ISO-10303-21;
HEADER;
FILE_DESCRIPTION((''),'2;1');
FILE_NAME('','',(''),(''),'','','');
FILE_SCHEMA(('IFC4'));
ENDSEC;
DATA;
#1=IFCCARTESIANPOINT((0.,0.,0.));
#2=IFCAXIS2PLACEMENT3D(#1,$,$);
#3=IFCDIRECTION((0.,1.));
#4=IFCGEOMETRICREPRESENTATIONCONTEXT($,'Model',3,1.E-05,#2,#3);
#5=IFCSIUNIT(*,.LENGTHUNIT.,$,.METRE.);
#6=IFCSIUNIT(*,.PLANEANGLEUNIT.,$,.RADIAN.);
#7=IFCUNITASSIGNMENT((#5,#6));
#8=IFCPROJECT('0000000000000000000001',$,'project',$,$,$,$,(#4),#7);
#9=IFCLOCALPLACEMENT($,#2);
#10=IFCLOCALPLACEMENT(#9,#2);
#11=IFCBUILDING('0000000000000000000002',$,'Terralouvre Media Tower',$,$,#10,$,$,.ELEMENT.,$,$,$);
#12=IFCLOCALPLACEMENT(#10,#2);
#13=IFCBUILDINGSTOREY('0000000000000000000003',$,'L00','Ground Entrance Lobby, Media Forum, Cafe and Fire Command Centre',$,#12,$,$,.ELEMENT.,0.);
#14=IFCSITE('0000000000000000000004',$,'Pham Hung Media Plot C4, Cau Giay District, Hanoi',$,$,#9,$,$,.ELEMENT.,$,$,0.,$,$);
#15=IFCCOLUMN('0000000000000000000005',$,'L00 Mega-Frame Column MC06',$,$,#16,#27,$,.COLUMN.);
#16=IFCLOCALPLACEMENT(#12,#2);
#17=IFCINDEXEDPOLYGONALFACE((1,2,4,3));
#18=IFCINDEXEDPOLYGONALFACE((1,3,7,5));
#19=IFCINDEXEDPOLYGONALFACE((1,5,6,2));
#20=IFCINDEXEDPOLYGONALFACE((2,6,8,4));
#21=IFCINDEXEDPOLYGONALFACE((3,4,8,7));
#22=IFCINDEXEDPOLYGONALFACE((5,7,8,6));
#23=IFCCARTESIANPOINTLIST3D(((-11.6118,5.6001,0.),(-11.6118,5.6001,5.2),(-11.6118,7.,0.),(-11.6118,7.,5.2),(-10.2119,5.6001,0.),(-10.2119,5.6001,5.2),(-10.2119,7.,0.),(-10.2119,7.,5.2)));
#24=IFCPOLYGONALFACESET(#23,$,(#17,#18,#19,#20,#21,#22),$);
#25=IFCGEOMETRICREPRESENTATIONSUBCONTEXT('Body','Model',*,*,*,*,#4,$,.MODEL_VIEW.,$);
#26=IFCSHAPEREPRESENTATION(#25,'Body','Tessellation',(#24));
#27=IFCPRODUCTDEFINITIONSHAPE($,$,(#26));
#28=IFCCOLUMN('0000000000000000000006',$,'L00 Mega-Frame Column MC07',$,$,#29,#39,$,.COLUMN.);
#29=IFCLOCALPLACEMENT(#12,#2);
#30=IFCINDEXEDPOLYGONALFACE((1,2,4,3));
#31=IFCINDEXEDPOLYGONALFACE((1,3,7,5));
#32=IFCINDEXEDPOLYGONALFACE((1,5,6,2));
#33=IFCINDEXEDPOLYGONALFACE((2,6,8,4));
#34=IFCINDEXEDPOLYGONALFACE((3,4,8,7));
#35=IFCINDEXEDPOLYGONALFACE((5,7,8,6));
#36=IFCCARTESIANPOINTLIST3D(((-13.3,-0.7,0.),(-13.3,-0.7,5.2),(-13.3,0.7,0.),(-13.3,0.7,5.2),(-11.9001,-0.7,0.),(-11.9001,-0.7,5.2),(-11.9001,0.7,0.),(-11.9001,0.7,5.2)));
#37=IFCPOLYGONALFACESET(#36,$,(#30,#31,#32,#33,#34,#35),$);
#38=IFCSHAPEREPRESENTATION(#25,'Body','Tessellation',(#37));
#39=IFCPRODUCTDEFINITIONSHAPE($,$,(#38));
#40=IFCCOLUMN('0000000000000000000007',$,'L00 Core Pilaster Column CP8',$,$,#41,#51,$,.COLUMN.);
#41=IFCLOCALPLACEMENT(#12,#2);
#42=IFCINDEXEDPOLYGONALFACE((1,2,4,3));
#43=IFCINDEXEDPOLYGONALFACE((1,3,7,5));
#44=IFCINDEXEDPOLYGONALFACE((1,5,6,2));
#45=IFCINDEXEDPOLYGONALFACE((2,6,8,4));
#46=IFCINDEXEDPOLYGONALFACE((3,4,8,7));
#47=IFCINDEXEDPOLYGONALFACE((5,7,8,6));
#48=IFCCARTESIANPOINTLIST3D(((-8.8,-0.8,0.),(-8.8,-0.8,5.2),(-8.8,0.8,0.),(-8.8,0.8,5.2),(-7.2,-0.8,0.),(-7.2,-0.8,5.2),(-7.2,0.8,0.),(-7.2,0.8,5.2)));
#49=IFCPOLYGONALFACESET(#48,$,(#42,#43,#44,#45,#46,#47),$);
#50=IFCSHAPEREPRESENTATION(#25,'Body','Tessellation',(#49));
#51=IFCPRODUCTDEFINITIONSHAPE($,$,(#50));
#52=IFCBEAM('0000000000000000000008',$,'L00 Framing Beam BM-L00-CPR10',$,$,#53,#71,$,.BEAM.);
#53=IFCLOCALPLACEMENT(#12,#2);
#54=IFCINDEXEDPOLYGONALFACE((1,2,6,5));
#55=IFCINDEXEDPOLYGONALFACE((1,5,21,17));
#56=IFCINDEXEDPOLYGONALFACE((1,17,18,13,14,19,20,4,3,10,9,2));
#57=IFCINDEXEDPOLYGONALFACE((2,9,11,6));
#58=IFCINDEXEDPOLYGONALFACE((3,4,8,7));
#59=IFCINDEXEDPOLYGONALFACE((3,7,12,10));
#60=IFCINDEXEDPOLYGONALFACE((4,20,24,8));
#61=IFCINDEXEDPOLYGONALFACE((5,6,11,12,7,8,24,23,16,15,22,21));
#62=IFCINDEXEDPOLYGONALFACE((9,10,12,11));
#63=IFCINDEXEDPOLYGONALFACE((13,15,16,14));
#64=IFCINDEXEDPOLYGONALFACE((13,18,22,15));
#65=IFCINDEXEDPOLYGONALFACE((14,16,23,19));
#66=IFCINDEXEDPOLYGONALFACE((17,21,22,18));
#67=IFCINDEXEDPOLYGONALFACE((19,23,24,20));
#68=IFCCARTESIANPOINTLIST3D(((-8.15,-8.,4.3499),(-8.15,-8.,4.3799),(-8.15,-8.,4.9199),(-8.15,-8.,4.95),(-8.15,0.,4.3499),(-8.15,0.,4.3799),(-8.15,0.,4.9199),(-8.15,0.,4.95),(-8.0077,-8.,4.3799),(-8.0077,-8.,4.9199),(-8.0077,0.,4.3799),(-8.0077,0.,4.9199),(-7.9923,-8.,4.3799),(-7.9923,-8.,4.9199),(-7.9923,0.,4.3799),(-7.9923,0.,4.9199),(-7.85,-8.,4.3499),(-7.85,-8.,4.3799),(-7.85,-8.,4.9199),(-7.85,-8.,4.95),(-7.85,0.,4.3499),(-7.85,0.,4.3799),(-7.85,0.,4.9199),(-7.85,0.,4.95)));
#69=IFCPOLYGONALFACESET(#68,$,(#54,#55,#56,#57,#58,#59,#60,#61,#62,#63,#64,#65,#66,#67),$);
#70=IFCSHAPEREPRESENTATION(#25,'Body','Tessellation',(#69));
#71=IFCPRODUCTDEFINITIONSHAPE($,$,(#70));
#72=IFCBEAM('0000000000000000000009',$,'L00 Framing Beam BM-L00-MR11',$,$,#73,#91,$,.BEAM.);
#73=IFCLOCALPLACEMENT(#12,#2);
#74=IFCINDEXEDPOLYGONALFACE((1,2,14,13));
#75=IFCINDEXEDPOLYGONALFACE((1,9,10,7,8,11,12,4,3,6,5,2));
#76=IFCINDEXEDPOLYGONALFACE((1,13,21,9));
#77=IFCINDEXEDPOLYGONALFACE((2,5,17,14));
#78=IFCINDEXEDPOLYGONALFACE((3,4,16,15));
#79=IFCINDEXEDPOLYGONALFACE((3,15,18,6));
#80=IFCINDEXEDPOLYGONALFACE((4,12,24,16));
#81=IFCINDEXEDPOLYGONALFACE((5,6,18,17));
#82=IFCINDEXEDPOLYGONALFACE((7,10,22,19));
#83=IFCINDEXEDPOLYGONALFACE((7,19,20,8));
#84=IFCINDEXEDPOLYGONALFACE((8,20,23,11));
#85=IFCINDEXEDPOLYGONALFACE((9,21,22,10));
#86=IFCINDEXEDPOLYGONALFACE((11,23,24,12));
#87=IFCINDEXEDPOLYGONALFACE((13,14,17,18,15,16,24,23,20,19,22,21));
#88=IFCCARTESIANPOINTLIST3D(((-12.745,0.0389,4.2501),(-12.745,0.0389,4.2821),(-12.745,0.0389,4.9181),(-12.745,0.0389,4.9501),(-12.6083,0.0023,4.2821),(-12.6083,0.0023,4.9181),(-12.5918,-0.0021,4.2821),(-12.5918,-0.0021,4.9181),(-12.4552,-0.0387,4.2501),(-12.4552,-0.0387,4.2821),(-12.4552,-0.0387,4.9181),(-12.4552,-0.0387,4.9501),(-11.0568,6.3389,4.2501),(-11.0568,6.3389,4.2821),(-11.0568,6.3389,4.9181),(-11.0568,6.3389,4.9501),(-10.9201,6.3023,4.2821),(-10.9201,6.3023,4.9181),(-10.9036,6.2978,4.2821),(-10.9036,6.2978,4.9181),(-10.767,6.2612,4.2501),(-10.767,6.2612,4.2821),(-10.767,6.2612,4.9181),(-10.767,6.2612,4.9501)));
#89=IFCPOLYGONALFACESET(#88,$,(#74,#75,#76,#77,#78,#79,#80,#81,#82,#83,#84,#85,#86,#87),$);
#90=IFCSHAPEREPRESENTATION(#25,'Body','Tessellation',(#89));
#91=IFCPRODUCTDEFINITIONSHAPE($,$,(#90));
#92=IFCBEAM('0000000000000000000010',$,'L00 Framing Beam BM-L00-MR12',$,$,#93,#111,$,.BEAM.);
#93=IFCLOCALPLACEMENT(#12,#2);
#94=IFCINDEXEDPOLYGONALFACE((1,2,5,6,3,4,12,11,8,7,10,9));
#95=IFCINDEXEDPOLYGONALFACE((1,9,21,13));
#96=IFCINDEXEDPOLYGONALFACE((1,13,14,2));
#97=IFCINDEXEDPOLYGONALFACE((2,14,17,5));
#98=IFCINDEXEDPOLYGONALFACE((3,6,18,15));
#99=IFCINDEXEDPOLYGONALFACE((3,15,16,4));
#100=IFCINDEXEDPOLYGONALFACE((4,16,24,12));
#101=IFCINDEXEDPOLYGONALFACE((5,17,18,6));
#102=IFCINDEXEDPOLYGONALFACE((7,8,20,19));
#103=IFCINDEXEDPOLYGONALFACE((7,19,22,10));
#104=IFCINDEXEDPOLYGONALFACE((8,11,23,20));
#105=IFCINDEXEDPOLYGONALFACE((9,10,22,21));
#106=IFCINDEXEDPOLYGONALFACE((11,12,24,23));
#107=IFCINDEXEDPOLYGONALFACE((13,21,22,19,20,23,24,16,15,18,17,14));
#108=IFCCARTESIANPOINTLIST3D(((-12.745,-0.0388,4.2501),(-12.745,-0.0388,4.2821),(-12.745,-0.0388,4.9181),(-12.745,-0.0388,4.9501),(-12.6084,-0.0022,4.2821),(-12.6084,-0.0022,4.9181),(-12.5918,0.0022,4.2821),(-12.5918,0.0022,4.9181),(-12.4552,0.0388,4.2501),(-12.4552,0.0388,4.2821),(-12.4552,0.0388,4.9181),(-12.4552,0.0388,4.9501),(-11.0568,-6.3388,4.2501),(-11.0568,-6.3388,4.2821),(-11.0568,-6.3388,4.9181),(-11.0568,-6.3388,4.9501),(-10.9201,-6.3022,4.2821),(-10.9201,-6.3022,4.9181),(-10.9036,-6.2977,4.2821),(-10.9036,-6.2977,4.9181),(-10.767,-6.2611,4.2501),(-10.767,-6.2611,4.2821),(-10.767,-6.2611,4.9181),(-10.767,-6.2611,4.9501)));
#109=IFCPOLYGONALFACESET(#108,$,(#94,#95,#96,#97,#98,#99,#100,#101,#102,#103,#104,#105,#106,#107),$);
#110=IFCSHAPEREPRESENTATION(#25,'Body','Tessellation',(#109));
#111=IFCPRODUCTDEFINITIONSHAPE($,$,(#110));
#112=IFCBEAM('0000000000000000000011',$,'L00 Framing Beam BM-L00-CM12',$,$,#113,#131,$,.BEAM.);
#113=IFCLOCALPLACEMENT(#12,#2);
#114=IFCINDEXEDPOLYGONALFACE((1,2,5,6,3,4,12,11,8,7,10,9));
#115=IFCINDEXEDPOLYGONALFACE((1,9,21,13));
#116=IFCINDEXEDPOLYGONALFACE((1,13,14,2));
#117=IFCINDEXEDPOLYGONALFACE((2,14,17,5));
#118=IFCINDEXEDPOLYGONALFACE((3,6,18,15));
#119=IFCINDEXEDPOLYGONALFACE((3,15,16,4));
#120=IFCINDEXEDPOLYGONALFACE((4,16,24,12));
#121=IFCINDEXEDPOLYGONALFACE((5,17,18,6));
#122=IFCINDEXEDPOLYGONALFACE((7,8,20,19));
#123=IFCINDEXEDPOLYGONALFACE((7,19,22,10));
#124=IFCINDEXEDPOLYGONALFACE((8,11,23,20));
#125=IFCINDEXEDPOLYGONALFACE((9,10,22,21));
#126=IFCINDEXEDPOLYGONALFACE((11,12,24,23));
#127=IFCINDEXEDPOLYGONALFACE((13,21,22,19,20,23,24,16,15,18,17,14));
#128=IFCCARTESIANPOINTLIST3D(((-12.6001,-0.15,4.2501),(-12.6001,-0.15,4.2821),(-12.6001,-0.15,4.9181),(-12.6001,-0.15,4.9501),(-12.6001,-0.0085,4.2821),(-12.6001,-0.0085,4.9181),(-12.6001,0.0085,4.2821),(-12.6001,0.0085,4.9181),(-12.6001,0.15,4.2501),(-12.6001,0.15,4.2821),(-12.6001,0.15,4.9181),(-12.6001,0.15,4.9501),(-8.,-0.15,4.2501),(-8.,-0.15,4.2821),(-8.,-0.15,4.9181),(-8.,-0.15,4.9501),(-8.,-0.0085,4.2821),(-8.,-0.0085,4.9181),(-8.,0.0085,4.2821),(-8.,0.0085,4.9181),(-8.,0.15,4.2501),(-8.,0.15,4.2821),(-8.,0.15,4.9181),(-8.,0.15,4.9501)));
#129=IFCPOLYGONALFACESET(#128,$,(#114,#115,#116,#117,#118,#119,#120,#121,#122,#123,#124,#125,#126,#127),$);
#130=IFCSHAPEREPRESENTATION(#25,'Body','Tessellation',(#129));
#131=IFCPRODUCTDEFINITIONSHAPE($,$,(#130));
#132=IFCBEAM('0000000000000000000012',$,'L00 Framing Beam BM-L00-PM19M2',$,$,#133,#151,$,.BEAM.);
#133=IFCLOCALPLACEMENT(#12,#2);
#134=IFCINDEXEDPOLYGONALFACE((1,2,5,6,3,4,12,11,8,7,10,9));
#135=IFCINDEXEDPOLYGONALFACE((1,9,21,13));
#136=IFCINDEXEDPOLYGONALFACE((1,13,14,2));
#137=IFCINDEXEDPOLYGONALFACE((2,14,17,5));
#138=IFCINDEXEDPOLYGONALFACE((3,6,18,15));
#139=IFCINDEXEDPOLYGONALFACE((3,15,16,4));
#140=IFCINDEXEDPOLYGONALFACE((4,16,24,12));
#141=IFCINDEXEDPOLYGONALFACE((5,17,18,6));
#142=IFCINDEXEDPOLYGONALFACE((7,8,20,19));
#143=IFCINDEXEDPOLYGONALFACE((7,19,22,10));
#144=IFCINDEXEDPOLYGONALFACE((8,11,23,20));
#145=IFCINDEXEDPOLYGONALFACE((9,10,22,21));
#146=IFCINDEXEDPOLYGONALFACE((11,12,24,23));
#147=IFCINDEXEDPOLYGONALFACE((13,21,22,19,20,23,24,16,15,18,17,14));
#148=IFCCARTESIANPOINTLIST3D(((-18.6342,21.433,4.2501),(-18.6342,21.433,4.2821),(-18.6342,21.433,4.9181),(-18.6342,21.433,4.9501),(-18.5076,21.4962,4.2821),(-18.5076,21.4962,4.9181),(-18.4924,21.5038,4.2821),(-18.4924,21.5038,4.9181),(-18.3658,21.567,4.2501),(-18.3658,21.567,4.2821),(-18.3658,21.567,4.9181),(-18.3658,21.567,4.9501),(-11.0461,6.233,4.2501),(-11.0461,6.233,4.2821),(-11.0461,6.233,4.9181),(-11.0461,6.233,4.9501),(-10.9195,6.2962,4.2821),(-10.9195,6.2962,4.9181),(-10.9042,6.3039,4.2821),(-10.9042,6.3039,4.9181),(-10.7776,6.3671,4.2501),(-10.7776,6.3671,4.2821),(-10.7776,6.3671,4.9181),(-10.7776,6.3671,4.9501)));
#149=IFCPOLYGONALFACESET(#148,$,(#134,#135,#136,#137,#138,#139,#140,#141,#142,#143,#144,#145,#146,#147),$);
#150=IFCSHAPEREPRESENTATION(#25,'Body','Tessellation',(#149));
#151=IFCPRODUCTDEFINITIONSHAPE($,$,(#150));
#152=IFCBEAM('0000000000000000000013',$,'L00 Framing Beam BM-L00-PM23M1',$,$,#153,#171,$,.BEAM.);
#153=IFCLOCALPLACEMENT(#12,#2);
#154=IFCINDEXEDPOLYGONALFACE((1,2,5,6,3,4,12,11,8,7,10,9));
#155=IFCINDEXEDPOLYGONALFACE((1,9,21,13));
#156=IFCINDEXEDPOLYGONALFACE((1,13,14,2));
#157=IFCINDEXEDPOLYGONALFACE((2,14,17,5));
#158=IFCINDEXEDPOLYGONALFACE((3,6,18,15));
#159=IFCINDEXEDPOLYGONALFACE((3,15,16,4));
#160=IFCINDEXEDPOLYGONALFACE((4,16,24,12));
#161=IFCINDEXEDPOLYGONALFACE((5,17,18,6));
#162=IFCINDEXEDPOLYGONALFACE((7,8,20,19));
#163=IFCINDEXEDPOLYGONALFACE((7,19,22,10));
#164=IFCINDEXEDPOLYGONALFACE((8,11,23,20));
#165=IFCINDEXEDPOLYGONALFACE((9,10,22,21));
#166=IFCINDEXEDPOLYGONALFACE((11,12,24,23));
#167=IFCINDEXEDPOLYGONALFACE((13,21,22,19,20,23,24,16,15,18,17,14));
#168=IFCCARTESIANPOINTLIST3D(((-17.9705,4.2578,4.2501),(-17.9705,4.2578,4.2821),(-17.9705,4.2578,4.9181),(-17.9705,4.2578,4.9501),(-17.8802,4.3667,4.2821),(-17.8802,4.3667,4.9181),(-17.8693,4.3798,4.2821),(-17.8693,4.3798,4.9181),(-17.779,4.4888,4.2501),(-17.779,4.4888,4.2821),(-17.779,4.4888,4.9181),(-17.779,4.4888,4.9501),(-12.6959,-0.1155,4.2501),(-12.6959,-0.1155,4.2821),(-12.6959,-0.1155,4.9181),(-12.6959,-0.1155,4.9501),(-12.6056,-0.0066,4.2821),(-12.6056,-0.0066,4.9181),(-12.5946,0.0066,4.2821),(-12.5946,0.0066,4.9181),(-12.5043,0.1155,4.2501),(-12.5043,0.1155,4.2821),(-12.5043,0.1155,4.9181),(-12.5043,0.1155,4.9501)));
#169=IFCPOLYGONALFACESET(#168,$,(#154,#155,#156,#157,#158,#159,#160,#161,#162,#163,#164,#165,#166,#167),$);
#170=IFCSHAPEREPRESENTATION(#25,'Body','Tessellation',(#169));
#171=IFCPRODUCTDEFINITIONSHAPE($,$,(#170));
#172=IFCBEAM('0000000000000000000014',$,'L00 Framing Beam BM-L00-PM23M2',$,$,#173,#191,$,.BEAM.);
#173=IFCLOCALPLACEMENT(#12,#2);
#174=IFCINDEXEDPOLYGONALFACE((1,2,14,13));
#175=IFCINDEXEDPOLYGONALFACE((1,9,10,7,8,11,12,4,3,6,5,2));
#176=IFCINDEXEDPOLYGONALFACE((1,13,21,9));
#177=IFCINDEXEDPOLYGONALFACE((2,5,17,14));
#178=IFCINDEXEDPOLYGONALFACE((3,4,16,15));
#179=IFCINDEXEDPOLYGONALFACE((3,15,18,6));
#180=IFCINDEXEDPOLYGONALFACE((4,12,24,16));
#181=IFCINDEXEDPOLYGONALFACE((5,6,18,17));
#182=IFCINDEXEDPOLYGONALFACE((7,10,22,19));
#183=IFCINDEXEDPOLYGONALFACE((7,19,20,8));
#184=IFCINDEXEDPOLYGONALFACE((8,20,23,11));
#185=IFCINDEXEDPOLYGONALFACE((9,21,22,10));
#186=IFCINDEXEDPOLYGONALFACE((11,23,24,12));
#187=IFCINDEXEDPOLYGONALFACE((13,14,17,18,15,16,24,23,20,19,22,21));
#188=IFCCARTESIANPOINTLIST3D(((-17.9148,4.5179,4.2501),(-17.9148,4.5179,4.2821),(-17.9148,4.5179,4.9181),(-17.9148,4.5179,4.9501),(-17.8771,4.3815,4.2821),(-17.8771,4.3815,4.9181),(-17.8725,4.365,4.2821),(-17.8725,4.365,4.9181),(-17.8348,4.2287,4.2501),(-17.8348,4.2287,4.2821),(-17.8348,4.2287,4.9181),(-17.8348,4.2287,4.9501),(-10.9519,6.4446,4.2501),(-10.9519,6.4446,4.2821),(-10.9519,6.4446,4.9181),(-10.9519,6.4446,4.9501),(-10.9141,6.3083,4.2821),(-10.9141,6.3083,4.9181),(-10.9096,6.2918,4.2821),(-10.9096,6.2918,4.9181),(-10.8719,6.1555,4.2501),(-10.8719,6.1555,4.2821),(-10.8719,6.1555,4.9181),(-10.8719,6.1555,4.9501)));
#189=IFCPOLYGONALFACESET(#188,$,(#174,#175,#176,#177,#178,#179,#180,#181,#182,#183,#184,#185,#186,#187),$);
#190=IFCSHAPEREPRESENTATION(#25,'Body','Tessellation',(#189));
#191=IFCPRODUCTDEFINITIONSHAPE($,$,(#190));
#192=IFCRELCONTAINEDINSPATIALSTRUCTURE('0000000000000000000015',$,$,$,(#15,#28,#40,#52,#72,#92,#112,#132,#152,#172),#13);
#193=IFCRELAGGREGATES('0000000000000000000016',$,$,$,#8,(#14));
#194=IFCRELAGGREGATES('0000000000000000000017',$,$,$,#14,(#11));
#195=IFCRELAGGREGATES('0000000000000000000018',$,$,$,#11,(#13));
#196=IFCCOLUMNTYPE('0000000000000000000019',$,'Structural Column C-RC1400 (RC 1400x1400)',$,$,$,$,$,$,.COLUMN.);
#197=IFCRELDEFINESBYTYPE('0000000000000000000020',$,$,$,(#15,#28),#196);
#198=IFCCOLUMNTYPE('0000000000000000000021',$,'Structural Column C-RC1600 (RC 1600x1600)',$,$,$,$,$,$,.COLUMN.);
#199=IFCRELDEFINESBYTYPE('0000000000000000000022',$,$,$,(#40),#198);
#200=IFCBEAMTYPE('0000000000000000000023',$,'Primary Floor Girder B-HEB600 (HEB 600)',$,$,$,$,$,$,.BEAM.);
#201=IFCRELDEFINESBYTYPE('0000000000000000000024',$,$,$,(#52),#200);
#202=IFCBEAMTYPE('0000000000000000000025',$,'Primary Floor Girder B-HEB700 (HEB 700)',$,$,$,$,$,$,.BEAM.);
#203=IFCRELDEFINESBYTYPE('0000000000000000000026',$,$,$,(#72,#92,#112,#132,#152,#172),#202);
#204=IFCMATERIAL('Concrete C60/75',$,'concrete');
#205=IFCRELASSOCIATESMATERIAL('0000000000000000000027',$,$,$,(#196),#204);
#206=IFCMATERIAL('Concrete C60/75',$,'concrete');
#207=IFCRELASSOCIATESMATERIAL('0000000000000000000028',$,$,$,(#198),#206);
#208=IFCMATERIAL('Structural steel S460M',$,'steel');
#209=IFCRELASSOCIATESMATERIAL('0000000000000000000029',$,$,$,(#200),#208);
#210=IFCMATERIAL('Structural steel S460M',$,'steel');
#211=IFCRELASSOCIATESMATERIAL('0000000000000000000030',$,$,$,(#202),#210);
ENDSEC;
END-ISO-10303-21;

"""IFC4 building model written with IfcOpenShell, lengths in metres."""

from ifc_helpers import new_model, si_unit, direction, frame, origin, origin_2d, place, context, subcontext, project, spatial, rectangle, i_section, extrude, material, material_profile, profile_set, type_object, element, save


model = new_model("IFC4")

# Units and contexts
model_context = context("Model", 3, precision=1e-05, world=origin(), true_north=direction((0.0, 1.0)))
body_context = subcontext(model_context, "Body", "Model", "MODEL_VIEW")
ifc_project = project(units=[si_unit("LENGTHUNIT", "METRE"), si_unit("PLANEANGLEUNIT", "RADIAN")], contexts=[model_context])

# Site, building, storey
site_placement = place(None, origin())
site = spatial("IfcSite", under=ifc_project, at=site_placement, Name="Pham Hung Media Plot C4, Cau Giay District, Hanoi", CompositionType="ELEMENT", RefElevation=0.0)
building_placement = place(site_placement, origin())
building = spatial("IfcBuilding", under=site, at=building_placement, Name="Terralouvre Media Tower", CompositionType="ELEMENT")
storey_placement = place(building_placement, origin())
storey = spatial("IfcBuildingStorey", under=building, at=storey_placement, Name="L00", Description="Ground Entrance Lobby, Media Forum, Cafe and Fire Command Centre", CompositionType="ELEMENT", Elevation=0.0)

# Columns
ifc_material_1 = material(Name="Concrete C60/75", Category="concrete")
ifc_material_profile_1 = material_profile(ifc_material_1, rectangle(XDim=1.3999, YDim=1.3999, at=origin_2d()), Name="RC 1400x1400")
ifc_profile_set_1 = profile_set([ifc_material_profile_1], Name="Concrete C60/75")
column_type_1 = type_object("IfcColumnType", Name="Structural Column C-RC1400 (RC 1400x1400)", PredefinedType="COLUMN", material=ifc_profile_set_1)
for number, where, z_axis, x_axis, name in (
    (1, (-10.9119, 6.3, 0.0), (0.0, 0.0, 1.0), (1.0, 0.0, 0.0), "L00 Mega-Frame Column MC06"),
    (2, (-12.6001, 0.0, 0.0), (0.0, 0.0, 1.0), (1.0, 0.0, 0.0), "L00 Mega-Frame Column MC07"),
):
    element("IfcColumn", number, at=place(storey_placement, frame(where, z_axis=z_axis, x_axis=x_axis)), inside=storey, type_object=column_type_1, Name=name, PredefinedType="COLUMN", context=body_context, shape_type="SweptSolid", body=[
        extrude(rectangle(XDim=1.3999, YDim=1.3999, at=origin_2d()), origin(), (0.0, 0.0, 1.0), 5.2),
    ])
ifc_material_2 = material(Name="Concrete C60/75", Category="concrete")
ifc_material_profile_2 = material_profile(ifc_material_2, rectangle(XDim=1.6001, YDim=1.6001, at=origin_2d()), Name="RC 1600x1600")
ifc_profile_set_2 = profile_set([ifc_material_profile_2], Name="Concrete C60/75")
column_type_2 = type_object("IfcColumnType", Name="Structural Column C-RC1600 (RC 1600x1600)", PredefinedType="COLUMN", material=ifc_profile_set_2)
column_placement = place(storey_placement, frame((-8.0, 0.0, 0.0), z_axis=(0.0, 0.0, 1.0), x_axis=(1.0, 0.0, 0.0)))
element("IfcColumn", 3, at=column_placement, inside=storey, type_object=column_type_2, Name="L00 Core Pilaster Column CP8", PredefinedType="COLUMN", context=body_context, shape_type="SweptSolid", body=[
    extrude(rectangle(XDim=1.6001, YDim=1.6001, at=origin_2d()), origin(), (0.0, 0.0, 1.0), 5.2),
])

# Beams
ifc_material_3 = material(Name="Structural steel S460M", Category="steel")
ifc_material_profile_3 = material_profile(ifc_material_3, i_section(OverallWidth=0.3, OverallDepth=0.6001, WebThickness=0.0154, FlangeThickness=0.03, at=origin_2d()), Name="HEB 600")
ifc_profile_set_3 = profile_set([ifc_material_profile_3], Name="Structural steel S460M")
beam_type_1 = type_object("IfcBeamType", Name="Primary Floor Girder B-HEB600 (HEB 600)", PredefinedType="BEAM", material=ifc_profile_set_3)
beam_1_placement = place(storey_placement, frame((-8.0, 0.0, 4.6499), z_axis=(0.0, -1.0, 0.0), x_axis=(1.0, 0.0, 0.0)))
element("IfcBeam", 4, at=beam_1_placement, inside=storey, type_object=beam_type_1, Name="L00 Framing Beam BM-L00-CPR10", PredefinedType="BEAM", context=body_context, shape_type="SweptSolid", body=[
    extrude(i_section(OverallWidth=0.3, OverallDepth=0.6001, WebThickness=0.0154, FlangeThickness=0.03, at=origin_2d()), origin(), (0.0, 0.0, 1.0), 8.0),
])
ifc_material_4 = material(Name="Structural steel S460M", Category="steel")
ifc_material_profile_4 = material_profile(ifc_material_4, i_section(OverallWidth=0.3, OverallDepth=0.7, WebThickness=0.0171, FlangeThickness=0.032, at=origin_2d()), Name="HEB 700")
ifc_profile_set_4 = profile_set([ifc_material_profile_4], Name="Structural steel S460M")
beam_type_2 = type_object("IfcBeamType", Name="Primary Floor Girder B-HEB700 (HEB 700)", PredefinedType="BEAM", material=ifc_profile_set_4)
for number, where, z_axis, x_axis, name in (
    (5, (-10.9119, 6.3, 4.6001), (-0.258839, -0.96592, 0.0), (0.96592, -0.258839, 0.0), "L00 Framing Beam BM-L00-MR11"),
    (6, (-12.6001, 0.0, 4.6001), (0.258839, -0.96592, 0.0), (0.96592, 0.258839, 0.0), "L00 Framing Beam BM-L00-MR12"),
):
    element("IfcBeam", number, at=place(storey_placement, frame(where, z_axis=z_axis, x_axis=x_axis)), inside=storey, type_object=beam_type_2, Name=name, PredefinedType="BEAM", context=body_context, shape_type="SweptSolid", body=[
        extrude(i_section(OverallWidth=0.3, OverallDepth=0.7, WebThickness=0.0171, FlangeThickness=0.032, at=origin_2d()), origin(), (0.0, 0.0, 1.0), 6.5222),
    ])
beam_2_placement = place(storey_placement, frame((-8.0, 0.0, 4.6001), z_axis=(-1.0, 0.0, 0.0), x_axis=(0.0, -1.0, 0.0)))
element("IfcBeam", 7, at=beam_2_placement, inside=storey, type_object=beam_type_2, Name="L00 Framing Beam BM-L00-CM12", PredefinedType="BEAM", context=body_context, shape_type="SweptSolid", body=[
    extrude(i_section(OverallWidth=0.3, OverallDepth=0.7, WebThickness=0.0171, FlangeThickness=0.032, at=origin_2d()), origin(), (0.0, 0.0, 1.0), 4.6001),
])
beam_3_placement = place(storey_placement, frame((-10.9119, 6.3, 4.6001), z_axis=(-0.446656, 0.894706, 0.0), x_axis=(-0.894706, -0.446656, 0.0)))
element("IfcBeam", 8, at=beam_3_placement, inside=storey, type_object=beam_type_2, Name="L00 Framing Beam BM-L00-PM19M2", PredefinedType="BEAM", context=body_context, shape_type="SweptSolid", body=[
    extrude(i_section(OverallWidth=0.3, OverallDepth=0.7, WebThickness=0.0171, FlangeThickness=0.032, at=origin_2d()), origin(), (0.0, 0.0, 1.0), 16.9888),
])
beam_4_placement = place(storey_placement, frame((-12.6001, 0.0, 4.6001), z_axis=(-0.769816, 0.638265, 0.0), x_axis=(-0.638265, -0.769816, 0.0)))
element("IfcBeam", 9, at=beam_4_placement, inside=storey, type_object=beam_type_2, Name="L00 Framing Beam BM-L00-PM23M1", PredefinedType="BEAM", context=body_context, shape_type="SweptSolid", body=[
    extrude(i_section(OverallWidth=0.3, OverallDepth=0.7, WebThickness=0.0171, FlangeThickness=0.032, at=origin_2d()), origin(), (0.0, 0.0, 1.0), 6.8518),
])
beam_5_placement = place(storey_placement, frame((-10.9119, 6.3, 4.6001), z_axis=(-0.963781, -0.266696, 0.0), x_axis=(0.266696, -0.963781, 0.0)))
element("IfcBeam", 10, at=beam_5_placement, inside=storey, type_object=beam_type_2, Name="L00 Framing Beam BM-L00-PM23M2", PredefinedType="BEAM", context=body_context, shape_type="SweptSolid", body=[
    extrude(i_section(OverallWidth=0.3, OverallDepth=0.7, WebThickness=0.0171, FlangeThickness=0.032, at=origin_2d()), origin(), (0.0, 0.0, 1.0), 7.2246),
])

save(model, "model.ifc")
